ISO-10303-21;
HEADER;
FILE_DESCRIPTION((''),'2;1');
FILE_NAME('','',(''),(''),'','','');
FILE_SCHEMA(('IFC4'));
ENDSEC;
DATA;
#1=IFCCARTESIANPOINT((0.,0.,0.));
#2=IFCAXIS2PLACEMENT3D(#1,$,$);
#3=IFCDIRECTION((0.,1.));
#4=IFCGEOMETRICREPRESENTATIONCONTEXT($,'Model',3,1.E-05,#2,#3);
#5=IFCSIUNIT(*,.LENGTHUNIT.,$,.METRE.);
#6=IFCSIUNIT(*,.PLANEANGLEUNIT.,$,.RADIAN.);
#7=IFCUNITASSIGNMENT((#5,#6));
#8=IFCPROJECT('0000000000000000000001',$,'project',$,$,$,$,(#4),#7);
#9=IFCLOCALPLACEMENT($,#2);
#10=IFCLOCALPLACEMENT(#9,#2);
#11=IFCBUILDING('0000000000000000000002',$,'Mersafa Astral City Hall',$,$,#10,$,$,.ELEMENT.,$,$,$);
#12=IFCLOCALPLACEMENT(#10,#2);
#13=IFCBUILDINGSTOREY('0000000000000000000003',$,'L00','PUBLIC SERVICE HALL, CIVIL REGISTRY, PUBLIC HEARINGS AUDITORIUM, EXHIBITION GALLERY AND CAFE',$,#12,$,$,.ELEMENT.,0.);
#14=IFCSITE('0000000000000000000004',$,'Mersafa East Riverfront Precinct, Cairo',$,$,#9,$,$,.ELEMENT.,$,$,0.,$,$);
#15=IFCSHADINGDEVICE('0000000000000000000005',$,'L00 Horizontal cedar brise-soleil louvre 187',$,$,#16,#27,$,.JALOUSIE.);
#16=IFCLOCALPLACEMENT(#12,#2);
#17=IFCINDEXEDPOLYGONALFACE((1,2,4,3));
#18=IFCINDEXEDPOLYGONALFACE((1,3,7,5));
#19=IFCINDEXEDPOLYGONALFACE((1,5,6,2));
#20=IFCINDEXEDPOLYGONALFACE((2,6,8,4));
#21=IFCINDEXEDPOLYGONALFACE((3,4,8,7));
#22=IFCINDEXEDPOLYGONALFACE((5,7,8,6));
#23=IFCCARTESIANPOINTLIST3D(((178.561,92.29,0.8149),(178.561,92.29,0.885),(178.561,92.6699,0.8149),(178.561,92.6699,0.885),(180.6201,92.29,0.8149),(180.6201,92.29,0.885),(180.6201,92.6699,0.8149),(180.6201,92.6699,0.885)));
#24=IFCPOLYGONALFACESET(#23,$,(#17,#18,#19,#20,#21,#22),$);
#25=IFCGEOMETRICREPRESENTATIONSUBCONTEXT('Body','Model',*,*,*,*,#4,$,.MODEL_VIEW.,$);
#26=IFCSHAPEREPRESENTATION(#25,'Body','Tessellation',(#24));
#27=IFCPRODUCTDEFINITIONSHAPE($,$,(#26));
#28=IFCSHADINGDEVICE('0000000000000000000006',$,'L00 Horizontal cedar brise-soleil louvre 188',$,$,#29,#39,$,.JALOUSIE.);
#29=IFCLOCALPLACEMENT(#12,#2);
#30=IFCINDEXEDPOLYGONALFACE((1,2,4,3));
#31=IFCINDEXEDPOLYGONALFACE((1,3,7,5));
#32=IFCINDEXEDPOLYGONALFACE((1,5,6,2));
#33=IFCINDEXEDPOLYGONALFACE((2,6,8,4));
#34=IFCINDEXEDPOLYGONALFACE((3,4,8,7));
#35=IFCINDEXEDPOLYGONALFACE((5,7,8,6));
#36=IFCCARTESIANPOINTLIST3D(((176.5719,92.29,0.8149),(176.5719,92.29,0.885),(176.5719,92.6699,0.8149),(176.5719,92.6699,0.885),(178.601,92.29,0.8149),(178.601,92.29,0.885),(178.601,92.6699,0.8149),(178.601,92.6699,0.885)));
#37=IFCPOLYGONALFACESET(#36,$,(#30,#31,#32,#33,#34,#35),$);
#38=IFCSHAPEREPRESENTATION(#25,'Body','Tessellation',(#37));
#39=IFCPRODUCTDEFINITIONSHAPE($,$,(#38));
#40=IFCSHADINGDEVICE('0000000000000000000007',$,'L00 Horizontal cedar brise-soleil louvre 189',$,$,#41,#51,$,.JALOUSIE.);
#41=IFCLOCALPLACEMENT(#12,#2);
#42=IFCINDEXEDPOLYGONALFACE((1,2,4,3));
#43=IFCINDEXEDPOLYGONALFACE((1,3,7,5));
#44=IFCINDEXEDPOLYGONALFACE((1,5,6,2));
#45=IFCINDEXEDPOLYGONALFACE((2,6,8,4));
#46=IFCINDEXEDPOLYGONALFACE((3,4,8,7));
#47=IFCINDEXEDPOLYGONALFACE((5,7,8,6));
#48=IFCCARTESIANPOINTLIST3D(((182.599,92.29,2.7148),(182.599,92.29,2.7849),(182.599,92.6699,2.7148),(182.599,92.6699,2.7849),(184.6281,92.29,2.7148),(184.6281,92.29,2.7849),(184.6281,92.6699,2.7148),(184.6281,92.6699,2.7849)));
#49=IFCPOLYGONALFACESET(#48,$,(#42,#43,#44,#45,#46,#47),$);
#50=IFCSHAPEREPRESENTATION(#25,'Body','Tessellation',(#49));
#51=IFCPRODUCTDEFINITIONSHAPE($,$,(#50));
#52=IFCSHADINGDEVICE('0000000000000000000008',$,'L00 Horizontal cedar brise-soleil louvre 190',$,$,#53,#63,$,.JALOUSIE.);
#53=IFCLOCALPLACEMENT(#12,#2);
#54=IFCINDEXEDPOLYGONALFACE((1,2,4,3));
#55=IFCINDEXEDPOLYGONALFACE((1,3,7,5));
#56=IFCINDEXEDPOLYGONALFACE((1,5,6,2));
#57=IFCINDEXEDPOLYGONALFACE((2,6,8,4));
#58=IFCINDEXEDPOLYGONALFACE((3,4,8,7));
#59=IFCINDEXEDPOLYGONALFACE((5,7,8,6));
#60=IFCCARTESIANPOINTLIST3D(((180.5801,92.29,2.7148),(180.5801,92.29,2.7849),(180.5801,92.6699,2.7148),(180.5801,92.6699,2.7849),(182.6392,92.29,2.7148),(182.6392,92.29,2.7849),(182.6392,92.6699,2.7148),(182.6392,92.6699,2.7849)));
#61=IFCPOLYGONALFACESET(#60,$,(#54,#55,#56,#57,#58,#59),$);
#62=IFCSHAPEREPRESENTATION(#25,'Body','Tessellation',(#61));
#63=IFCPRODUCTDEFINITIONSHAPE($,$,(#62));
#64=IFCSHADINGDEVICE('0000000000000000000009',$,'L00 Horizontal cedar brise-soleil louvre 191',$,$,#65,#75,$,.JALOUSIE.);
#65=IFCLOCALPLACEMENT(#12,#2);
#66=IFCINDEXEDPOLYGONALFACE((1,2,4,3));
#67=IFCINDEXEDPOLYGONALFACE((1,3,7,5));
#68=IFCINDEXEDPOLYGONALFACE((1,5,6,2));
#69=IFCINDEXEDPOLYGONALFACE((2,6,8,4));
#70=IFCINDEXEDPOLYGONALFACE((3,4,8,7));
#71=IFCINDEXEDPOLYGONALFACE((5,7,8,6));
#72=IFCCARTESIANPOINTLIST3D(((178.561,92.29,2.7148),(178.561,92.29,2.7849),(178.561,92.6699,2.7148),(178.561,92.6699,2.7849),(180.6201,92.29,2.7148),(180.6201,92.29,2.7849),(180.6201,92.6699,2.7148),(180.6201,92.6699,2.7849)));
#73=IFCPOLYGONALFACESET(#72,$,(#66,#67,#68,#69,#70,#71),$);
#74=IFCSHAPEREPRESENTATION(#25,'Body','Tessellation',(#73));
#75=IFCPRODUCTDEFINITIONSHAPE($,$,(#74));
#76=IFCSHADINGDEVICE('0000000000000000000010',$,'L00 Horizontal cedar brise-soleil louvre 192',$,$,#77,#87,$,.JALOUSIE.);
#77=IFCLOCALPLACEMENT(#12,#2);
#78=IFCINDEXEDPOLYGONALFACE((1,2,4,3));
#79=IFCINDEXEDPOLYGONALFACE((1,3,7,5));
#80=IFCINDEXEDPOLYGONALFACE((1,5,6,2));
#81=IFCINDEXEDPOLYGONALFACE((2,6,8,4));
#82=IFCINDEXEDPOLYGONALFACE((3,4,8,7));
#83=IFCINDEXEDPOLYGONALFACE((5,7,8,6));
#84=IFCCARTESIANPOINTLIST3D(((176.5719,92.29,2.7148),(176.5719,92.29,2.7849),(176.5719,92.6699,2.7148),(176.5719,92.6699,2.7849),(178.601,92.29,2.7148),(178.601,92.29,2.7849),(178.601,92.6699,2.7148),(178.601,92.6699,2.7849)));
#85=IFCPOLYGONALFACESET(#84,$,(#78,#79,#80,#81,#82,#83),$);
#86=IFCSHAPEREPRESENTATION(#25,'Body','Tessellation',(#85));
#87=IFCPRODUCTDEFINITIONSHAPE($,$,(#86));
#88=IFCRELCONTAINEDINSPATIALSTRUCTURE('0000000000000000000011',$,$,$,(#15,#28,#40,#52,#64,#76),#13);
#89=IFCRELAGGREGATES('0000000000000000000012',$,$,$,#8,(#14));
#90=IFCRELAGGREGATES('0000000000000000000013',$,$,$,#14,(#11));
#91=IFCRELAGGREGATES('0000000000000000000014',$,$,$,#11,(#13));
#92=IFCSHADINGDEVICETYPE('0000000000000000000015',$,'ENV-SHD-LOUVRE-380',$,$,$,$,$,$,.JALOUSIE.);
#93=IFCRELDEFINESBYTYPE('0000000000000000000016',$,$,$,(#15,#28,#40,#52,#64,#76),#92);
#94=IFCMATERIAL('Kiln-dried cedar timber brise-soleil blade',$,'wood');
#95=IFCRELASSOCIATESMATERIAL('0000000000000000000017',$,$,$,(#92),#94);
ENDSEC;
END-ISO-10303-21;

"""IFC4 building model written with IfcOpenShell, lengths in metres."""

from ifc_helpers import new_model, si_unit, direction, frame, origin, origin_2d, place, context, subcontext, project, spatial, rectangle, extrude, material, type_object, element, save


model = new_model("IFC4")

# Units and contexts
model_context = context("Model", 3, precision=1e-05, world=origin(), true_north=direction((0.0, 1.0)))
body_context = subcontext(model_context, "Body", "Model", "MODEL_VIEW")
ifc_project = project(units=[si_unit("LENGTHUNIT", "METRE"), si_unit("PLANEANGLEUNIT", "RADIAN")], contexts=[model_context])

# Site, building, storey
site_placement = place(None, origin())
site = spatial("IfcSite", under=ifc_project, at=site_placement, Name="Mersafa East Riverfront Precinct, Cairo", CompositionType="ELEMENT", RefElevation=0.0)
building_placement = place(site_placement, origin())
building = spatial("IfcBuilding", under=site, at=building_placement, Name="Mersafa Astral City Hall", CompositionType="ELEMENT")
storey_placement = place(building_placement, origin())
storey = spatial("IfcBuildingStorey", under=building, at=storey_placement, Name="L00", Description="PUBLIC SERVICE HALL, CIVIL REGISTRY, PUBLIC HEARINGS AUDITORIUM, EXHIBITION GALLERY AND CAFE", CompositionType="ELEMENT", Elevation=0.0)

# Shading devices
ifc_material_1 = material(Name="Kiln-dried cedar timber brise-soleil blade", Category="wood")
shading_device_type = type_object("IfcShadingDeviceType", Name="ENV-SHD-LOUVRE-380", PredefinedType="JALOUSIE", material=ifc_material_1)
for number, where, z_axis, x_axis, name in (
    (1, (179.5906, 92.48, 0.8149), (0.0, 0.0, 1.0), (-1.0, 0.0, 0.0), "L00 Horizontal cedar brise-soleil louvre 187"),
):
    element("IfcShadingDevice", number, at=place(storey_placement, frame(where, z_axis=z_axis, x_axis=x_axis)), inside=storey, type_object=shading_device_type, Name=name, PredefinedType="JALOUSIE", context=body_context, shape_type="SweptSolid", body=[
        extrude(rectangle(XDim=2.0591, YDim=0.3799, at=origin_2d()), origin(), (0.0, 0.0, 1.0), 0.0701),
    ])
for number, where, z_axis, x_axis, name in (
    (2, (177.5864, 92.48, 0.8149), (0.0, 0.0, 1.0), (-1.0, 0.0, 0.0), "L00 Horizontal cedar brise-soleil louvre 188"),
    (3, (183.6135, 92.48, 2.7148), (0.0, 0.0, 1.0), (-1.0, 0.0, 0.0), "L00 Horizontal cedar brise-soleil louvre 189"),
):
    element("IfcShadingDevice", number, at=place(storey_placement, frame(where, z_axis=z_axis, x_axis=x_axis)), inside=storey, type_object=shading_device_type, Name=name, PredefinedType="JALOUSIE", context=body_context, shape_type="SweptSolid", body=[
        extrude(rectangle(XDim=2.0291, YDim=0.3799, at=origin_2d()), origin(), (0.0, 0.0, 1.0), 0.0701),
    ])
for number, where, z_axis, x_axis, name in (
    (4, (181.6096, 92.48, 2.7148), (0.0, 0.0, 1.0), (-1.0, 0.0, 0.0), "L00 Horizontal cedar brise-soleil louvre 190"),
    (5, (179.5906, 92.48, 2.7148), (0.0, 0.0, 1.0), (-1.0, 0.0, 0.0), "L00 Horizontal cedar brise-soleil louvre 191"),
):
    element("IfcShadingDevice", number, at=place(storey_placement, frame(where, z_axis=z_axis, x_axis=x_axis)), inside=storey, type_object=shading_device_type, Name=name, PredefinedType="JALOUSIE", context=body_context, shape_type="SweptSolid", body=[
        extrude(rectangle(XDim=2.0591, YDim=0.3799, at=origin_2d()), origin(), (0.0, 0.0, 1.0), 0.0701),
    ])
shading_device_1_placement = place(storey_placement, frame((177.5864, 92.48, 2.7148), z_axis=(0.0, 0.0, 1.0), x_axis=(-1.0, 0.0, 0.0)))
element("IfcShadingDevice", 6, at=shading_device_1_placement, inside=storey, type_object=shading_device_type, Name="L00 Horizontal cedar brise-soleil louvre 192", PredefinedType="JALOUSIE", context=body_context, shape_type="SweptSolid", body=[
    extrude(rectangle(XDim=2.0291, YDim=0.3799, at=origin_2d()), origin(), (0.0, 0.0, 1.0), 0.0701),
])

save(model, "model.ifc")
